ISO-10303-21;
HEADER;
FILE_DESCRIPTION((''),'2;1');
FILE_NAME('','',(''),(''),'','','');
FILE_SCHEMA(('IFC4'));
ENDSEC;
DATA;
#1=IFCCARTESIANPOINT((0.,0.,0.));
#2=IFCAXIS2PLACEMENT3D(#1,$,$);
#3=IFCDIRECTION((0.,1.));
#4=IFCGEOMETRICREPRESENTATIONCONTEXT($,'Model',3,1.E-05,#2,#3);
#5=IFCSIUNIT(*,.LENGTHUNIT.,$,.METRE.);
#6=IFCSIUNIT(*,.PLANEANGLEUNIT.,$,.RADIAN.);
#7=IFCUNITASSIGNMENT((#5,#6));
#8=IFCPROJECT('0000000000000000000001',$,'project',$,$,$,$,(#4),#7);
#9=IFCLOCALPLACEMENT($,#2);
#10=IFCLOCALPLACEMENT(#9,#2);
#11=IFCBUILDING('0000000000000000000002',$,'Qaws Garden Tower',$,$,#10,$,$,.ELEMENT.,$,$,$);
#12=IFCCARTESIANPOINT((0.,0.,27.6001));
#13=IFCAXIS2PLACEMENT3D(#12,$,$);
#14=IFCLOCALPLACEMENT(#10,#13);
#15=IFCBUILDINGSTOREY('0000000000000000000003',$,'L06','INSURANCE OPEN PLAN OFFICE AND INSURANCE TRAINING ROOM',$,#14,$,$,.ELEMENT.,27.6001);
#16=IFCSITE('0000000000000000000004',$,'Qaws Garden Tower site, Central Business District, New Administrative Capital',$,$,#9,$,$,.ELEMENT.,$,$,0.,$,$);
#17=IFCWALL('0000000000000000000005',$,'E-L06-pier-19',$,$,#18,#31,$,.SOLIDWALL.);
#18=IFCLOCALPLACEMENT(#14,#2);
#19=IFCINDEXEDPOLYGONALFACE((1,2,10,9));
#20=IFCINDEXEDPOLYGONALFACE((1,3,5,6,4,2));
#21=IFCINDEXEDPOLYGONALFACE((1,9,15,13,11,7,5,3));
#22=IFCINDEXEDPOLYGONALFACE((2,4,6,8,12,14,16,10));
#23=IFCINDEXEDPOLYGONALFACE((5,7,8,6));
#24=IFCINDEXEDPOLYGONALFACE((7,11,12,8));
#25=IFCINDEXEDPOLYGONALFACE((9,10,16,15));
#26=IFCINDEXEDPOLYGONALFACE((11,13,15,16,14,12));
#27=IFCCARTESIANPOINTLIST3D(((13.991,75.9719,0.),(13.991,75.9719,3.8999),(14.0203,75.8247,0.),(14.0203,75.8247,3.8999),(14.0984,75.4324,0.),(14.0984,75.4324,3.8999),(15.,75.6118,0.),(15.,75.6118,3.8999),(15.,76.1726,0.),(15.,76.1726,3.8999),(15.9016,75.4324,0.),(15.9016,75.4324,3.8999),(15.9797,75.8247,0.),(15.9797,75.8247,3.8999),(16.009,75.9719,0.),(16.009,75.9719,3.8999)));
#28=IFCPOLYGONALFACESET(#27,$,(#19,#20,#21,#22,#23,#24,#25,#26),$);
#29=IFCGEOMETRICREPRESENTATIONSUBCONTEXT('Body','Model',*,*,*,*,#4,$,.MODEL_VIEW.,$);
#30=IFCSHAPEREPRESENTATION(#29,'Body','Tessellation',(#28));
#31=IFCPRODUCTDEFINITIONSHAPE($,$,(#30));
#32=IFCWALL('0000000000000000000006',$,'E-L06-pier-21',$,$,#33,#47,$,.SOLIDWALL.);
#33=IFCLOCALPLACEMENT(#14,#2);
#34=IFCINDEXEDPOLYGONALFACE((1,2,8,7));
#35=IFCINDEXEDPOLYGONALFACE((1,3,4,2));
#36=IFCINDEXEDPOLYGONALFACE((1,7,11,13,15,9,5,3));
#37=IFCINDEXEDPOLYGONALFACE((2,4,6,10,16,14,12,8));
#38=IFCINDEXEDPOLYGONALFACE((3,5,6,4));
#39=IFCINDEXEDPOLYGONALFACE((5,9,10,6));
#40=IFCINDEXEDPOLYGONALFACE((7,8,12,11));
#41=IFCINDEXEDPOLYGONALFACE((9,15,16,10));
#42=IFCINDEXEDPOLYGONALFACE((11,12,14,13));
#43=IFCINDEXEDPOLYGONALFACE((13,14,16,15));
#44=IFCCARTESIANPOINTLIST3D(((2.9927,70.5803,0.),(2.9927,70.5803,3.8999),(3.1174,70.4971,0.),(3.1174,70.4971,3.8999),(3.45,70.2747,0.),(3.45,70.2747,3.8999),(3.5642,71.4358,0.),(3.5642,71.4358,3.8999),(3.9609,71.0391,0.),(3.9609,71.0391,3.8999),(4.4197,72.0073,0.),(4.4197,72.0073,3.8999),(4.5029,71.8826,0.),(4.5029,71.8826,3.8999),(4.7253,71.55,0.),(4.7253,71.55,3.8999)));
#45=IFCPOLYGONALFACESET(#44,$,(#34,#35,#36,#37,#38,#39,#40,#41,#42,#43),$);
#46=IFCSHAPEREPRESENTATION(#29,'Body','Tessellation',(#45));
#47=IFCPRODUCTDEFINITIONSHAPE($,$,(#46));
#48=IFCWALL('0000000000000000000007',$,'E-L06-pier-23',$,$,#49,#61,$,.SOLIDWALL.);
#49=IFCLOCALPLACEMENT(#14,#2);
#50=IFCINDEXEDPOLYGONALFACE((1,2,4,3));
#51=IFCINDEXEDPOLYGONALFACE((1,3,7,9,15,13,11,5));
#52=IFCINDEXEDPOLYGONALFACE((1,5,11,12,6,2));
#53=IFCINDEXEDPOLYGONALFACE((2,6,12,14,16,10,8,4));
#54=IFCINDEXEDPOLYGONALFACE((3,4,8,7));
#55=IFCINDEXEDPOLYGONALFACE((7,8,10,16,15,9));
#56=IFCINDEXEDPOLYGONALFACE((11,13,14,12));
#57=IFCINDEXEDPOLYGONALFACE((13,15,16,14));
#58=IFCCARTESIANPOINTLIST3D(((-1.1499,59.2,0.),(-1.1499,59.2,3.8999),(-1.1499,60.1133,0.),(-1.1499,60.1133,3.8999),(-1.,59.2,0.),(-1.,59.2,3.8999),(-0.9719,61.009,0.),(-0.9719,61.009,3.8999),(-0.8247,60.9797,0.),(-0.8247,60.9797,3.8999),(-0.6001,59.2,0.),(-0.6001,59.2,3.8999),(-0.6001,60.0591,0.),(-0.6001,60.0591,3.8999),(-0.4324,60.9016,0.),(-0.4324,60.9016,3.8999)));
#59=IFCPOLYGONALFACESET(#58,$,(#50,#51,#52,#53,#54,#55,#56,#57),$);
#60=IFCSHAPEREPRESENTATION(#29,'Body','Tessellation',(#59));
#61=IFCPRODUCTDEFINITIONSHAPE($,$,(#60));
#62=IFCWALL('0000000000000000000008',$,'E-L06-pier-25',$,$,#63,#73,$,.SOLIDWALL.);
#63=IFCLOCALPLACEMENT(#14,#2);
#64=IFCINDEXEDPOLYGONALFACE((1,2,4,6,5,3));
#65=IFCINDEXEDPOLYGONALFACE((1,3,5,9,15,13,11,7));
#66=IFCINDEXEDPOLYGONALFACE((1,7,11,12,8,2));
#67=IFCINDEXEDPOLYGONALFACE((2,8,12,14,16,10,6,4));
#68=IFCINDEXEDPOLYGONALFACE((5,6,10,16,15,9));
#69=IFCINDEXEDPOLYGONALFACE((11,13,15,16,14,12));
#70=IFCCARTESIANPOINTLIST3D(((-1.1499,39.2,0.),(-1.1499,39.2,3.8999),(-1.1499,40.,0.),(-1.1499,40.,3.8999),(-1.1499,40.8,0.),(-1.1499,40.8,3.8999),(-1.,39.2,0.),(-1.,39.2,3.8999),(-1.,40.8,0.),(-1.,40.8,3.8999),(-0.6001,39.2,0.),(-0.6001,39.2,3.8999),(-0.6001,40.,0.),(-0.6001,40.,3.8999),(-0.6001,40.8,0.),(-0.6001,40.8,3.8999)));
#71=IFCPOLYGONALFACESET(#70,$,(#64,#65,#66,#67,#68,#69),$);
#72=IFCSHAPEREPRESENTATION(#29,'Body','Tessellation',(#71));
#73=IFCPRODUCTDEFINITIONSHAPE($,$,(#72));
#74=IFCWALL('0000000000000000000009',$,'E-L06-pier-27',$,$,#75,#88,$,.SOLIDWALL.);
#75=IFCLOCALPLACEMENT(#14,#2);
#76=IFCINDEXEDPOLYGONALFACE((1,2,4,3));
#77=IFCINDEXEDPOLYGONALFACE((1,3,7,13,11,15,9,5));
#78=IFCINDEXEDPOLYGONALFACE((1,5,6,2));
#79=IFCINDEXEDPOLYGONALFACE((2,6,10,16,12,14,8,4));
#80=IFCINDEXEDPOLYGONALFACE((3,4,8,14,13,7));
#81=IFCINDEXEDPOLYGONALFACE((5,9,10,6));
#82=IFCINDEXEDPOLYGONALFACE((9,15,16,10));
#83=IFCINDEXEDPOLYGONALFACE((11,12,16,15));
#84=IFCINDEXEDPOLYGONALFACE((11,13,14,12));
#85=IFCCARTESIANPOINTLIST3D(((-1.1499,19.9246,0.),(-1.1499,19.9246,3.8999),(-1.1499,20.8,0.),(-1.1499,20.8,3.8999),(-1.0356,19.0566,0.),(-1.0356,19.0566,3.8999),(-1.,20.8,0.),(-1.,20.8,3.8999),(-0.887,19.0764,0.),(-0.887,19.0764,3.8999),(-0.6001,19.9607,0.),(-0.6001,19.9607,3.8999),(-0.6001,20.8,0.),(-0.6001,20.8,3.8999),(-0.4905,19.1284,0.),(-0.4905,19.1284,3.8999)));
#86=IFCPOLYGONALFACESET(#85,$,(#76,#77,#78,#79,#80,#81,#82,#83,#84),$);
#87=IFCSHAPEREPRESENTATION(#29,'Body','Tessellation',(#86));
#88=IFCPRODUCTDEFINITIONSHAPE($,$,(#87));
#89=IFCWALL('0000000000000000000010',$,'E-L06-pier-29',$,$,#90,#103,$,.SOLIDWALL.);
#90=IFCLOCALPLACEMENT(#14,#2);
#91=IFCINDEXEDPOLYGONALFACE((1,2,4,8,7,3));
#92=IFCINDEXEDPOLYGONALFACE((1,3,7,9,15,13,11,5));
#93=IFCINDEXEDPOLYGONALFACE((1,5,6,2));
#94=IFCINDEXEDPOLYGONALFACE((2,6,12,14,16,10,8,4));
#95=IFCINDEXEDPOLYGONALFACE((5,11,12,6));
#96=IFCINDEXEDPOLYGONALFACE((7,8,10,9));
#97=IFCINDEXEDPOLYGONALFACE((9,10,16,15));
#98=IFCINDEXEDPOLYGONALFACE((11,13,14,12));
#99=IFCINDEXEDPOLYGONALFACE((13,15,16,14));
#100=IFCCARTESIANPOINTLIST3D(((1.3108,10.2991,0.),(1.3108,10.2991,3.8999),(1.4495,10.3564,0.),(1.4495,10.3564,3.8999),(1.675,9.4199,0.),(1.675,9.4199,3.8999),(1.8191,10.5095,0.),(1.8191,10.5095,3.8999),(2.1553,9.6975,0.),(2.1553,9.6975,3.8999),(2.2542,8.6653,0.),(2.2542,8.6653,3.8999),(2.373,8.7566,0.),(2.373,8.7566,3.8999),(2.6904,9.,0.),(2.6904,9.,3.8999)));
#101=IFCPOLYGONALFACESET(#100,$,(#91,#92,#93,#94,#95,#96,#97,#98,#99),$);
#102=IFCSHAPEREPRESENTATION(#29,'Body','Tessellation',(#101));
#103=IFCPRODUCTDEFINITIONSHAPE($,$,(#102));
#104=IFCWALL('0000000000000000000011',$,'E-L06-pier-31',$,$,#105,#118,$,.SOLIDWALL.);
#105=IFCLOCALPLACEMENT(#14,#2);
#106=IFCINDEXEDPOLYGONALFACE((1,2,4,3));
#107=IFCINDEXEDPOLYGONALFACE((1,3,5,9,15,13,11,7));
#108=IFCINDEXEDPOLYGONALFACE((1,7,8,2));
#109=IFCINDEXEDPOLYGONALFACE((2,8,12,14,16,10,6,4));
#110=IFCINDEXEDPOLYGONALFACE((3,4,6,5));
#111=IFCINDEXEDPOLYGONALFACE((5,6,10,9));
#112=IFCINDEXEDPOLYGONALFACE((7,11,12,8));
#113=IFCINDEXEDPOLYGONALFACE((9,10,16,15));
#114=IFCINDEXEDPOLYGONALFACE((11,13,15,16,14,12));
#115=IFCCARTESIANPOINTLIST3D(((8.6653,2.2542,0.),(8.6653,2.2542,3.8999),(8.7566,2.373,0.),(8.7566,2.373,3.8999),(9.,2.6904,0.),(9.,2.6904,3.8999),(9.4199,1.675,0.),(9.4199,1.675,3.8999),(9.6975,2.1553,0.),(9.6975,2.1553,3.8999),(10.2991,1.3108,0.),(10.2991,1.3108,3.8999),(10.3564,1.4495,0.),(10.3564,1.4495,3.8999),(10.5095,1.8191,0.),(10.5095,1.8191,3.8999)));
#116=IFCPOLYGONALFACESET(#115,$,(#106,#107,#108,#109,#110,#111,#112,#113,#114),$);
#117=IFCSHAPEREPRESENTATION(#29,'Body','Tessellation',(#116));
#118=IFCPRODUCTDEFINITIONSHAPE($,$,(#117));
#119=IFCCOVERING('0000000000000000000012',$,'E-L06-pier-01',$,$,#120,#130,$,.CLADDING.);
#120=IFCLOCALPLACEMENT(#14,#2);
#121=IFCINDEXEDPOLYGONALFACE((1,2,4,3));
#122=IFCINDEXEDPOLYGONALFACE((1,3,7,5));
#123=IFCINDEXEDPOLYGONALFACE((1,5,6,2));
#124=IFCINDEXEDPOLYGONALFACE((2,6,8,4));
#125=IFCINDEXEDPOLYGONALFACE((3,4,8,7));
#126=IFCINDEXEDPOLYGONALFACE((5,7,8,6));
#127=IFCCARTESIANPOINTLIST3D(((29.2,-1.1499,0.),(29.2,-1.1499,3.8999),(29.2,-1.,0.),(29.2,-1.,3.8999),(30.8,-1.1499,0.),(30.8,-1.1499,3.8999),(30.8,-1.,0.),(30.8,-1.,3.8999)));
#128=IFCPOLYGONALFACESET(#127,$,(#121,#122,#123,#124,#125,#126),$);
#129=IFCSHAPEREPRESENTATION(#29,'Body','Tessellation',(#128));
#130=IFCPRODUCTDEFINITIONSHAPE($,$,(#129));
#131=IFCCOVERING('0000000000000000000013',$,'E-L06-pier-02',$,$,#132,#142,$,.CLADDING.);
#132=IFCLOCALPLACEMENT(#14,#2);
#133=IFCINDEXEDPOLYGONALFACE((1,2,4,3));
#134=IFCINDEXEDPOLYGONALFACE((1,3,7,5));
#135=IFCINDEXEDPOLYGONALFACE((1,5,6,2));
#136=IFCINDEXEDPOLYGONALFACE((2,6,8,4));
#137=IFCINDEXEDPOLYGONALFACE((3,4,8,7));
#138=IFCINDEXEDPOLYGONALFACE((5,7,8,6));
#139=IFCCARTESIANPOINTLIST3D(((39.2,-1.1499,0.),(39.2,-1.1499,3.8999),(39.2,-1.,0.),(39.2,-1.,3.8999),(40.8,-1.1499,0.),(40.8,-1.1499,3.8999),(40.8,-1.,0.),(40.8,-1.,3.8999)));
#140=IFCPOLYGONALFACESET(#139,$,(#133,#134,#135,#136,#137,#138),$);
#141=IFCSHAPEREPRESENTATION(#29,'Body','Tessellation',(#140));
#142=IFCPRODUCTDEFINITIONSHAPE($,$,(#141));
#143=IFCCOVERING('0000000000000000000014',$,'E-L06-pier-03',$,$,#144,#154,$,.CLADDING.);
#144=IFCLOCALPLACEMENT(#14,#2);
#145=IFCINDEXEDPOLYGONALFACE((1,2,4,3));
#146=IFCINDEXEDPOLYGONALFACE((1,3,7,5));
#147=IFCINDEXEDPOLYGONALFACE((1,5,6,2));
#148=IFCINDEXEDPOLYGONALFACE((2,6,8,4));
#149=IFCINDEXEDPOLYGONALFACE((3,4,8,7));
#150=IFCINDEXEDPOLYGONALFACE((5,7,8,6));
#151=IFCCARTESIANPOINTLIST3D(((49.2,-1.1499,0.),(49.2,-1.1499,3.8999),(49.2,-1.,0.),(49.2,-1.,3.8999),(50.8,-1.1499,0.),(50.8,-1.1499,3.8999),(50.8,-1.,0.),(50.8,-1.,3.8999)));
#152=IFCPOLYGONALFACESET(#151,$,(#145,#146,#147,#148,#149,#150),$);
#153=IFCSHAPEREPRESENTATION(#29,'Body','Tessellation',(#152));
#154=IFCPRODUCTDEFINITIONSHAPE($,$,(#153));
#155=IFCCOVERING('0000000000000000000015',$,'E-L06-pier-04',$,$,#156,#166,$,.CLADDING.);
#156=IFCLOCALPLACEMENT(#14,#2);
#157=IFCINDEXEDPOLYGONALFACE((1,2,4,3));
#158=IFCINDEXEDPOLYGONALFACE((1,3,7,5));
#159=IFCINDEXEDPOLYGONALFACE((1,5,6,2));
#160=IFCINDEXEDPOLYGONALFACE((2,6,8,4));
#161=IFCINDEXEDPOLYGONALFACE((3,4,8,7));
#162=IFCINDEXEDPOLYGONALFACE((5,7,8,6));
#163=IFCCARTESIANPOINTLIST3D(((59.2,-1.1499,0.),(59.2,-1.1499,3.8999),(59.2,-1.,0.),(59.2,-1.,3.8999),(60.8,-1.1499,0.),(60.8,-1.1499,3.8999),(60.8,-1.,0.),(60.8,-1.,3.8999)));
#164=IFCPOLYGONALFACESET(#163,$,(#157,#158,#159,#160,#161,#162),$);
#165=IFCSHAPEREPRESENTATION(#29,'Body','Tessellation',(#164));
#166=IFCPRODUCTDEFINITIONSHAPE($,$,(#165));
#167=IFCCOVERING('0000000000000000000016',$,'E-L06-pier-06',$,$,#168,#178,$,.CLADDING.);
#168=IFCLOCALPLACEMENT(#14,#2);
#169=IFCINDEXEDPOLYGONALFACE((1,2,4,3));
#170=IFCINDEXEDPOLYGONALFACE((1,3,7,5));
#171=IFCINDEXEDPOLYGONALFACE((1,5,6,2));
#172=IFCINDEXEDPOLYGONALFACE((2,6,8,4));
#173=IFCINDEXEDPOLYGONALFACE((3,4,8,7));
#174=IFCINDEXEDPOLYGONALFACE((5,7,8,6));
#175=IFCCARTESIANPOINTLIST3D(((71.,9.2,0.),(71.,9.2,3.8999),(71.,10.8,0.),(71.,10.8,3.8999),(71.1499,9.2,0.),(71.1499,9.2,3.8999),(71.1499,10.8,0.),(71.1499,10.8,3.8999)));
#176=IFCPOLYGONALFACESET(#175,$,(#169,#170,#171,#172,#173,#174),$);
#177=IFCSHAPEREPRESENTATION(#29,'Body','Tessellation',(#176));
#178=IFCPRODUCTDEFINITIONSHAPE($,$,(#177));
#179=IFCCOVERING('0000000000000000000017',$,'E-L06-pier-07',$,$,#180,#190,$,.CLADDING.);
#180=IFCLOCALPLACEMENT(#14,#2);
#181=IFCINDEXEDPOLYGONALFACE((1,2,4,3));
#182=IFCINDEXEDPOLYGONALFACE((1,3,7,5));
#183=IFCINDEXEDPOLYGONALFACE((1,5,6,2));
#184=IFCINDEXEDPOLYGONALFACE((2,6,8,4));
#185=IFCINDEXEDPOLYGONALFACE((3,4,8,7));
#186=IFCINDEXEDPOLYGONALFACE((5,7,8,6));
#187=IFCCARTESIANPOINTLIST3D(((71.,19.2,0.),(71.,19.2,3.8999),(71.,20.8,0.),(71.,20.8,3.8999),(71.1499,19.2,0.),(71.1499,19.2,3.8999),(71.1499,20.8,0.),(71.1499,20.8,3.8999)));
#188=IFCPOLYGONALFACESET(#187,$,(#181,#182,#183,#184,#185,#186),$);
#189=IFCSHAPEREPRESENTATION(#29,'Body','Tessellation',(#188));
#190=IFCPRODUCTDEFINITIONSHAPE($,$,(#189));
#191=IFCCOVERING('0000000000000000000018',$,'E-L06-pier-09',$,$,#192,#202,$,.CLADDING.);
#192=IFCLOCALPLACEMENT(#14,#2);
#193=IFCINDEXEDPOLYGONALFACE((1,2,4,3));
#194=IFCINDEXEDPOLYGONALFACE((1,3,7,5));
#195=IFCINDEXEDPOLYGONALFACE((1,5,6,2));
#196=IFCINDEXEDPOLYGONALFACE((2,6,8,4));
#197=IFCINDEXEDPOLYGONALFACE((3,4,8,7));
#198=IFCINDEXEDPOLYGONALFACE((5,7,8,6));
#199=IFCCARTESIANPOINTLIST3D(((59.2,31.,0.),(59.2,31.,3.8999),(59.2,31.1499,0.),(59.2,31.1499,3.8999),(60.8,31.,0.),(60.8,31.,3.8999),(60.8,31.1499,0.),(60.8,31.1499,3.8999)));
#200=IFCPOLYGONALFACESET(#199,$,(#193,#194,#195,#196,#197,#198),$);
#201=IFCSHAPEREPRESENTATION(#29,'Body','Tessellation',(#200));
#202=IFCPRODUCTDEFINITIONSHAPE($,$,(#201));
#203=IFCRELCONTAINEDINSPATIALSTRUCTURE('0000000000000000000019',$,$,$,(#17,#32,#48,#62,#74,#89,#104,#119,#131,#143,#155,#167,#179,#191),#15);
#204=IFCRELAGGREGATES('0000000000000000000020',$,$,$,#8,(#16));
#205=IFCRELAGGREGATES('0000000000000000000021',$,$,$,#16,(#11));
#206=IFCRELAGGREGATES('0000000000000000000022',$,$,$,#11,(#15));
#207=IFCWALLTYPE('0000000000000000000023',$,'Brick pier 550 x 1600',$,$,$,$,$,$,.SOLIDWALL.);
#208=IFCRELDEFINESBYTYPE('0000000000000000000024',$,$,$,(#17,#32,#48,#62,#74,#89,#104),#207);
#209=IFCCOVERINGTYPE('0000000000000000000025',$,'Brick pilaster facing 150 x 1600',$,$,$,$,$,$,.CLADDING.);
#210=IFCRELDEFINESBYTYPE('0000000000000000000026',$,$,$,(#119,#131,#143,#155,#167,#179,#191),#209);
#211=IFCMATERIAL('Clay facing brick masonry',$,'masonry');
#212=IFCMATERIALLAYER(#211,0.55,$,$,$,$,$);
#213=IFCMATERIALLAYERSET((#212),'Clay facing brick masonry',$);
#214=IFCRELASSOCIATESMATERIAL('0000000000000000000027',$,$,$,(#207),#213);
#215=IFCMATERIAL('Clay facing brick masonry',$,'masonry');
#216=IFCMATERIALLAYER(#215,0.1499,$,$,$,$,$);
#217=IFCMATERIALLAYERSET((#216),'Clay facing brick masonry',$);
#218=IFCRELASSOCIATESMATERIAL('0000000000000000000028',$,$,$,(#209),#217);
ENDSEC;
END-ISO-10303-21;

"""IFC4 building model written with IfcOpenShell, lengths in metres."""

from ifc_helpers import new_model, si_unit, direction, frame, origin, place, context, subcontext, project, spatial, polyline, outline, extrude, material, layer, layer_set, type_object, element, save


model = new_model("IFC4")

# Units and contexts
model_context = context("Model", 3, precision=1e-05, world=origin(), true_north=direction((0.0, 1.0)))
body_context = subcontext(model_context, "Body", "Model", "MODEL_VIEW")
ifc_project = project(units=[si_unit("LENGTHUNIT", "METRE"), si_unit("PLANEANGLEUNIT", "RADIAN")], contexts=[model_context])

# Site, building, storey
site_placement = place(None, origin())
site = spatial("IfcSite", under=ifc_project, at=site_placement, Name="Qaws Garden Tower site, Central Business District, New Administrative Capital", CompositionType="ELEMENT", RefElevation=0.0)
building_placement = place(site_placement, origin())
building = spatial("IfcBuilding", under=site, at=building_placement, Name="Qaws Garden Tower", CompositionType="ELEMENT")
storey_placement = place(building_placement, frame((0.0, 0.0, 27.6001)))
storey = spatial("IfcBuildingStorey", under=building, at=storey_placement, Name="L06", Description="INSURANCE OPEN PLAN OFFICE AND INSURANCE TRAINING ROOM", CompositionType="ELEMENT", Elevation=27.6001)

# Walls
placement = place(storey_placement, origin())
ifc_material_1 = material(Name="Clay facing brick masonry", Category="masonry")
ifc_layer_1 = layer(ifc_material_1, 0.55)
ifc_layer_set_1 = layer_set([ifc_layer_1], Name="Clay facing brick masonry")
wall_type_1 = type_object("IfcWallType", Name="Brick pier 550 x 1600", PredefinedType="SOLIDWALL", material=ifc_layer_set_1)
element("IfcWall", 1, at=placement, inside=storey, type_object=wall_type_1, Name="E-L06-pier-19", PredefinedType="SOLIDWALL", context=body_context, shape_type="SweptSolid", body=[
    extrude(outline(polyline([(15.9797, 75.8247), (16.009, 75.9719), (15.0, 76.1726), (13.991, 75.9719), (14.0203, 75.8247), (14.0984, 75.4324), (15.0, 75.6118), (15.9016, 75.4324), (15.9797, 75.8247)])), origin(), (0.0, 0.0, 1.0), 3.8999),
])
element("IfcWall", 2, at=placement, inside=storey, type_object=wall_type_1, Name="E-L06-pier-21", PredefinedType="SOLIDWALL", context=body_context, shape_type="SweptSolid", body=[
    extrude(outline(polyline([(4.5029, 71.8826), (4.4197, 72.0073), (3.5642, 71.4358), (2.9927, 70.5803), (3.1174, 70.4971), (3.45, 70.2747), (3.9609, 71.0391), (4.7253, 71.55), (4.5029, 71.8826)])), origin(), (0.0, 0.0, 1.0), 3.8999),
])
element("IfcWall", 3, at=placement, inside=storey, type_object=wall_type_1, Name="E-L06-pier-23", PredefinedType="SOLIDWALL", context=body_context, shape_type="SweptSolid", body=[
    extrude(outline(polyline([(-0.8247, 60.9797), (-0.9719, 61.009), (-1.1499, 60.1133), (-1.1499, 59.2), (-1.0, 59.2), (-0.6001, 59.2), (-0.6001, 60.0591), (-0.4324, 60.9016), (-0.8247, 60.9797)])), origin(), (0.0, 0.0, 1.0), 3.8999),
])
element("IfcWall", 4, at=placement, inside=storey, type_object=wall_type_1, Name="E-L06-pier-25", PredefinedType="SOLIDWALL", context=body_context, shape_type="SweptSolid", body=[
    extrude(outline(polyline([(-1.0, 40.8), (-1.1499, 40.8), (-1.1499, 40.0), (-1.1499, 39.2), (-1.0, 39.2), (-0.6001, 39.2), (-0.6001, 40.0), (-0.6001, 40.8), (-1.0, 40.8)])), origin(), (0.0, 0.0, 1.0), 3.8999),
])
element("IfcWall", 5, at=placement, inside=storey, type_object=wall_type_1, Name="E-L06-pier-27", PredefinedType="SOLIDWALL", context=body_context, shape_type="SweptSolid", body=[
    extrude(outline(polyline([(-1.0, 20.8), (-1.1499, 20.8), (-1.1499, 19.9246), (-1.0356, 19.0566), (-0.887, 19.0764), (-0.4905, 19.1284), (-0.6001, 19.9607), (-0.6001, 20.8), (-1.0, 20.8)])), origin(), (0.0, 0.0, 1.0), 3.8999),
])
element("IfcWall", 6, at=placement, inside=storey, type_object=wall_type_1, Name="E-L06-pier-29", PredefinedType="SOLIDWALL", context=body_context, shape_type="SweptSolid", body=[
    extrude(outline(polyline([(1.4495, 10.3564), (1.3108, 10.2991), (1.675, 9.4199), (2.2542, 8.6653), (2.373, 8.7566), (2.6904, 9.0), (2.1553, 9.6975), (1.8191, 10.5095), (1.4495, 10.3564)])), origin(), (0.0, 0.0, 1.0), 3.8999),
])
element("IfcWall", 7, at=placement, inside=storey, type_object=wall_type_1, Name="E-L06-pier-31", PredefinedType="SOLIDWALL", context=body_context, shape_type="SweptSolid", body=[
    extrude(outline(polyline([(8.7566, 2.373), (8.6653, 2.2542), (9.4199, 1.675), (10.2991, 1.3108), (10.3564, 1.4495), (10.5095, 1.8191), (9.6975, 2.1553), (9.0, 2.6904), (8.7566, 2.373)])), origin(), (0.0, 0.0, 1.0), 3.8999),
])

# Coverings
ifc_material_2 = material(Name="Clay facing brick masonry", Category="masonry")
ifc_layer_2 = layer(ifc_material_2, 0.1499)
ifc_layer_set_2 = layer_set([ifc_layer_2], Name="Clay facing brick masonry")
covering_type = type_object("IfcCoveringType", Name="Brick pilaster facing 150 x 1600", PredefinedType="CLADDING", material=ifc_layer_set_2)
element("IfcCovering", 8, at=placement, inside=storey, type_object=covering_type, Name="E-L06-pier-01", PredefinedType="CLADDING", context=body_context, shape_type="SweptSolid", body=[
    extrude(outline(polyline([(29.2, -1.0), (30.8, -1.0), (30.8, -1.1499), (29.2, -1.1499), (29.2, -1.0)])), origin(), (0.0, 0.0, 1.0), 3.8999),
])
element("IfcCovering", 9, at=placement, inside=storey, type_object=covering_type, Name="E-L06-pier-02", PredefinedType="CLADDING", context=body_context, shape_type="SweptSolid", body=[
    extrude(outline(polyline([(39.2, -1.0), (40.8, -1.0), (40.8, -1.1499), (39.2, -1.1499), (39.2, -1.0)])), origin(), (0.0, 0.0, 1.0), 3.8999),
])
element("IfcCovering", 10, at=placement, inside=storey, type_object=covering_type, Name="E-L06-pier-03", PredefinedType="CLADDING", context=body_context, shape_type="SweptSolid", body=[
    extrude(outline(polyline([(49.2, -1.0), (50.8, -1.0), (50.8, -1.1499), (49.2, -1.1499), (49.2, -1.0)])), origin(), (0.0, 0.0, 1.0), 3.8999),
])
element("IfcCovering", 11, at=placement, inside=storey, type_object=covering_type, Name="E-L06-pier-04", PredefinedType="CLADDING", context=body_context, shape_type="SweptSolid", body=[
    extrude(outline(polyline([(59.2, -1.0), (60.8, -1.0), (60.8, -1.1499), (59.2, -1.1499), (59.2, -1.0)])), origin(), (0.0, 0.0, 1.0), 3.8999),
])
element("IfcCovering", 12, at=placement, inside=storey, type_object=covering_type, Name="E-L06-pier-06", PredefinedType="CLADDING", context=body_context, shape_type="SweptSolid", body=[
    extrude(outline(polyline([(71.0, 9.2), (71.0, 10.8), (71.1499, 10.8), (71.1499, 9.2), (71.0, 9.2)])), origin(), (0.0, 0.0, 1.0), 3.8999),
])
element("IfcCovering", 13, at=placement, inside=storey, type_object=covering_type, Name="E-L06-pier-07", PredefinedType="CLADDING", context=body_context, shape_type="SweptSolid", body=[
    extrude(outline(polyline([(71.0, 19.2), (71.0, 20.8), (71.1499, 20.8), (71.1499, 19.2), (71.0, 19.2)])), origin(), (0.0, 0.0, 1.0), 3.8999),
])
element("IfcCovering", 14, at=placement, inside=storey, type_object=covering_type, Name="E-L06-pier-09", PredefinedType="CLADDING", context=body_context, shape_type="SweptSolid", body=[
    extrude(outline(polyline([(60.8, 31.0), (59.2, 31.0), (59.2, 31.1499), (60.8, 31.1499), (60.8, 31.0)])), origin(), (0.0, 0.0, 1.0), 3.8999),
])

save(model, "model.ifc")
